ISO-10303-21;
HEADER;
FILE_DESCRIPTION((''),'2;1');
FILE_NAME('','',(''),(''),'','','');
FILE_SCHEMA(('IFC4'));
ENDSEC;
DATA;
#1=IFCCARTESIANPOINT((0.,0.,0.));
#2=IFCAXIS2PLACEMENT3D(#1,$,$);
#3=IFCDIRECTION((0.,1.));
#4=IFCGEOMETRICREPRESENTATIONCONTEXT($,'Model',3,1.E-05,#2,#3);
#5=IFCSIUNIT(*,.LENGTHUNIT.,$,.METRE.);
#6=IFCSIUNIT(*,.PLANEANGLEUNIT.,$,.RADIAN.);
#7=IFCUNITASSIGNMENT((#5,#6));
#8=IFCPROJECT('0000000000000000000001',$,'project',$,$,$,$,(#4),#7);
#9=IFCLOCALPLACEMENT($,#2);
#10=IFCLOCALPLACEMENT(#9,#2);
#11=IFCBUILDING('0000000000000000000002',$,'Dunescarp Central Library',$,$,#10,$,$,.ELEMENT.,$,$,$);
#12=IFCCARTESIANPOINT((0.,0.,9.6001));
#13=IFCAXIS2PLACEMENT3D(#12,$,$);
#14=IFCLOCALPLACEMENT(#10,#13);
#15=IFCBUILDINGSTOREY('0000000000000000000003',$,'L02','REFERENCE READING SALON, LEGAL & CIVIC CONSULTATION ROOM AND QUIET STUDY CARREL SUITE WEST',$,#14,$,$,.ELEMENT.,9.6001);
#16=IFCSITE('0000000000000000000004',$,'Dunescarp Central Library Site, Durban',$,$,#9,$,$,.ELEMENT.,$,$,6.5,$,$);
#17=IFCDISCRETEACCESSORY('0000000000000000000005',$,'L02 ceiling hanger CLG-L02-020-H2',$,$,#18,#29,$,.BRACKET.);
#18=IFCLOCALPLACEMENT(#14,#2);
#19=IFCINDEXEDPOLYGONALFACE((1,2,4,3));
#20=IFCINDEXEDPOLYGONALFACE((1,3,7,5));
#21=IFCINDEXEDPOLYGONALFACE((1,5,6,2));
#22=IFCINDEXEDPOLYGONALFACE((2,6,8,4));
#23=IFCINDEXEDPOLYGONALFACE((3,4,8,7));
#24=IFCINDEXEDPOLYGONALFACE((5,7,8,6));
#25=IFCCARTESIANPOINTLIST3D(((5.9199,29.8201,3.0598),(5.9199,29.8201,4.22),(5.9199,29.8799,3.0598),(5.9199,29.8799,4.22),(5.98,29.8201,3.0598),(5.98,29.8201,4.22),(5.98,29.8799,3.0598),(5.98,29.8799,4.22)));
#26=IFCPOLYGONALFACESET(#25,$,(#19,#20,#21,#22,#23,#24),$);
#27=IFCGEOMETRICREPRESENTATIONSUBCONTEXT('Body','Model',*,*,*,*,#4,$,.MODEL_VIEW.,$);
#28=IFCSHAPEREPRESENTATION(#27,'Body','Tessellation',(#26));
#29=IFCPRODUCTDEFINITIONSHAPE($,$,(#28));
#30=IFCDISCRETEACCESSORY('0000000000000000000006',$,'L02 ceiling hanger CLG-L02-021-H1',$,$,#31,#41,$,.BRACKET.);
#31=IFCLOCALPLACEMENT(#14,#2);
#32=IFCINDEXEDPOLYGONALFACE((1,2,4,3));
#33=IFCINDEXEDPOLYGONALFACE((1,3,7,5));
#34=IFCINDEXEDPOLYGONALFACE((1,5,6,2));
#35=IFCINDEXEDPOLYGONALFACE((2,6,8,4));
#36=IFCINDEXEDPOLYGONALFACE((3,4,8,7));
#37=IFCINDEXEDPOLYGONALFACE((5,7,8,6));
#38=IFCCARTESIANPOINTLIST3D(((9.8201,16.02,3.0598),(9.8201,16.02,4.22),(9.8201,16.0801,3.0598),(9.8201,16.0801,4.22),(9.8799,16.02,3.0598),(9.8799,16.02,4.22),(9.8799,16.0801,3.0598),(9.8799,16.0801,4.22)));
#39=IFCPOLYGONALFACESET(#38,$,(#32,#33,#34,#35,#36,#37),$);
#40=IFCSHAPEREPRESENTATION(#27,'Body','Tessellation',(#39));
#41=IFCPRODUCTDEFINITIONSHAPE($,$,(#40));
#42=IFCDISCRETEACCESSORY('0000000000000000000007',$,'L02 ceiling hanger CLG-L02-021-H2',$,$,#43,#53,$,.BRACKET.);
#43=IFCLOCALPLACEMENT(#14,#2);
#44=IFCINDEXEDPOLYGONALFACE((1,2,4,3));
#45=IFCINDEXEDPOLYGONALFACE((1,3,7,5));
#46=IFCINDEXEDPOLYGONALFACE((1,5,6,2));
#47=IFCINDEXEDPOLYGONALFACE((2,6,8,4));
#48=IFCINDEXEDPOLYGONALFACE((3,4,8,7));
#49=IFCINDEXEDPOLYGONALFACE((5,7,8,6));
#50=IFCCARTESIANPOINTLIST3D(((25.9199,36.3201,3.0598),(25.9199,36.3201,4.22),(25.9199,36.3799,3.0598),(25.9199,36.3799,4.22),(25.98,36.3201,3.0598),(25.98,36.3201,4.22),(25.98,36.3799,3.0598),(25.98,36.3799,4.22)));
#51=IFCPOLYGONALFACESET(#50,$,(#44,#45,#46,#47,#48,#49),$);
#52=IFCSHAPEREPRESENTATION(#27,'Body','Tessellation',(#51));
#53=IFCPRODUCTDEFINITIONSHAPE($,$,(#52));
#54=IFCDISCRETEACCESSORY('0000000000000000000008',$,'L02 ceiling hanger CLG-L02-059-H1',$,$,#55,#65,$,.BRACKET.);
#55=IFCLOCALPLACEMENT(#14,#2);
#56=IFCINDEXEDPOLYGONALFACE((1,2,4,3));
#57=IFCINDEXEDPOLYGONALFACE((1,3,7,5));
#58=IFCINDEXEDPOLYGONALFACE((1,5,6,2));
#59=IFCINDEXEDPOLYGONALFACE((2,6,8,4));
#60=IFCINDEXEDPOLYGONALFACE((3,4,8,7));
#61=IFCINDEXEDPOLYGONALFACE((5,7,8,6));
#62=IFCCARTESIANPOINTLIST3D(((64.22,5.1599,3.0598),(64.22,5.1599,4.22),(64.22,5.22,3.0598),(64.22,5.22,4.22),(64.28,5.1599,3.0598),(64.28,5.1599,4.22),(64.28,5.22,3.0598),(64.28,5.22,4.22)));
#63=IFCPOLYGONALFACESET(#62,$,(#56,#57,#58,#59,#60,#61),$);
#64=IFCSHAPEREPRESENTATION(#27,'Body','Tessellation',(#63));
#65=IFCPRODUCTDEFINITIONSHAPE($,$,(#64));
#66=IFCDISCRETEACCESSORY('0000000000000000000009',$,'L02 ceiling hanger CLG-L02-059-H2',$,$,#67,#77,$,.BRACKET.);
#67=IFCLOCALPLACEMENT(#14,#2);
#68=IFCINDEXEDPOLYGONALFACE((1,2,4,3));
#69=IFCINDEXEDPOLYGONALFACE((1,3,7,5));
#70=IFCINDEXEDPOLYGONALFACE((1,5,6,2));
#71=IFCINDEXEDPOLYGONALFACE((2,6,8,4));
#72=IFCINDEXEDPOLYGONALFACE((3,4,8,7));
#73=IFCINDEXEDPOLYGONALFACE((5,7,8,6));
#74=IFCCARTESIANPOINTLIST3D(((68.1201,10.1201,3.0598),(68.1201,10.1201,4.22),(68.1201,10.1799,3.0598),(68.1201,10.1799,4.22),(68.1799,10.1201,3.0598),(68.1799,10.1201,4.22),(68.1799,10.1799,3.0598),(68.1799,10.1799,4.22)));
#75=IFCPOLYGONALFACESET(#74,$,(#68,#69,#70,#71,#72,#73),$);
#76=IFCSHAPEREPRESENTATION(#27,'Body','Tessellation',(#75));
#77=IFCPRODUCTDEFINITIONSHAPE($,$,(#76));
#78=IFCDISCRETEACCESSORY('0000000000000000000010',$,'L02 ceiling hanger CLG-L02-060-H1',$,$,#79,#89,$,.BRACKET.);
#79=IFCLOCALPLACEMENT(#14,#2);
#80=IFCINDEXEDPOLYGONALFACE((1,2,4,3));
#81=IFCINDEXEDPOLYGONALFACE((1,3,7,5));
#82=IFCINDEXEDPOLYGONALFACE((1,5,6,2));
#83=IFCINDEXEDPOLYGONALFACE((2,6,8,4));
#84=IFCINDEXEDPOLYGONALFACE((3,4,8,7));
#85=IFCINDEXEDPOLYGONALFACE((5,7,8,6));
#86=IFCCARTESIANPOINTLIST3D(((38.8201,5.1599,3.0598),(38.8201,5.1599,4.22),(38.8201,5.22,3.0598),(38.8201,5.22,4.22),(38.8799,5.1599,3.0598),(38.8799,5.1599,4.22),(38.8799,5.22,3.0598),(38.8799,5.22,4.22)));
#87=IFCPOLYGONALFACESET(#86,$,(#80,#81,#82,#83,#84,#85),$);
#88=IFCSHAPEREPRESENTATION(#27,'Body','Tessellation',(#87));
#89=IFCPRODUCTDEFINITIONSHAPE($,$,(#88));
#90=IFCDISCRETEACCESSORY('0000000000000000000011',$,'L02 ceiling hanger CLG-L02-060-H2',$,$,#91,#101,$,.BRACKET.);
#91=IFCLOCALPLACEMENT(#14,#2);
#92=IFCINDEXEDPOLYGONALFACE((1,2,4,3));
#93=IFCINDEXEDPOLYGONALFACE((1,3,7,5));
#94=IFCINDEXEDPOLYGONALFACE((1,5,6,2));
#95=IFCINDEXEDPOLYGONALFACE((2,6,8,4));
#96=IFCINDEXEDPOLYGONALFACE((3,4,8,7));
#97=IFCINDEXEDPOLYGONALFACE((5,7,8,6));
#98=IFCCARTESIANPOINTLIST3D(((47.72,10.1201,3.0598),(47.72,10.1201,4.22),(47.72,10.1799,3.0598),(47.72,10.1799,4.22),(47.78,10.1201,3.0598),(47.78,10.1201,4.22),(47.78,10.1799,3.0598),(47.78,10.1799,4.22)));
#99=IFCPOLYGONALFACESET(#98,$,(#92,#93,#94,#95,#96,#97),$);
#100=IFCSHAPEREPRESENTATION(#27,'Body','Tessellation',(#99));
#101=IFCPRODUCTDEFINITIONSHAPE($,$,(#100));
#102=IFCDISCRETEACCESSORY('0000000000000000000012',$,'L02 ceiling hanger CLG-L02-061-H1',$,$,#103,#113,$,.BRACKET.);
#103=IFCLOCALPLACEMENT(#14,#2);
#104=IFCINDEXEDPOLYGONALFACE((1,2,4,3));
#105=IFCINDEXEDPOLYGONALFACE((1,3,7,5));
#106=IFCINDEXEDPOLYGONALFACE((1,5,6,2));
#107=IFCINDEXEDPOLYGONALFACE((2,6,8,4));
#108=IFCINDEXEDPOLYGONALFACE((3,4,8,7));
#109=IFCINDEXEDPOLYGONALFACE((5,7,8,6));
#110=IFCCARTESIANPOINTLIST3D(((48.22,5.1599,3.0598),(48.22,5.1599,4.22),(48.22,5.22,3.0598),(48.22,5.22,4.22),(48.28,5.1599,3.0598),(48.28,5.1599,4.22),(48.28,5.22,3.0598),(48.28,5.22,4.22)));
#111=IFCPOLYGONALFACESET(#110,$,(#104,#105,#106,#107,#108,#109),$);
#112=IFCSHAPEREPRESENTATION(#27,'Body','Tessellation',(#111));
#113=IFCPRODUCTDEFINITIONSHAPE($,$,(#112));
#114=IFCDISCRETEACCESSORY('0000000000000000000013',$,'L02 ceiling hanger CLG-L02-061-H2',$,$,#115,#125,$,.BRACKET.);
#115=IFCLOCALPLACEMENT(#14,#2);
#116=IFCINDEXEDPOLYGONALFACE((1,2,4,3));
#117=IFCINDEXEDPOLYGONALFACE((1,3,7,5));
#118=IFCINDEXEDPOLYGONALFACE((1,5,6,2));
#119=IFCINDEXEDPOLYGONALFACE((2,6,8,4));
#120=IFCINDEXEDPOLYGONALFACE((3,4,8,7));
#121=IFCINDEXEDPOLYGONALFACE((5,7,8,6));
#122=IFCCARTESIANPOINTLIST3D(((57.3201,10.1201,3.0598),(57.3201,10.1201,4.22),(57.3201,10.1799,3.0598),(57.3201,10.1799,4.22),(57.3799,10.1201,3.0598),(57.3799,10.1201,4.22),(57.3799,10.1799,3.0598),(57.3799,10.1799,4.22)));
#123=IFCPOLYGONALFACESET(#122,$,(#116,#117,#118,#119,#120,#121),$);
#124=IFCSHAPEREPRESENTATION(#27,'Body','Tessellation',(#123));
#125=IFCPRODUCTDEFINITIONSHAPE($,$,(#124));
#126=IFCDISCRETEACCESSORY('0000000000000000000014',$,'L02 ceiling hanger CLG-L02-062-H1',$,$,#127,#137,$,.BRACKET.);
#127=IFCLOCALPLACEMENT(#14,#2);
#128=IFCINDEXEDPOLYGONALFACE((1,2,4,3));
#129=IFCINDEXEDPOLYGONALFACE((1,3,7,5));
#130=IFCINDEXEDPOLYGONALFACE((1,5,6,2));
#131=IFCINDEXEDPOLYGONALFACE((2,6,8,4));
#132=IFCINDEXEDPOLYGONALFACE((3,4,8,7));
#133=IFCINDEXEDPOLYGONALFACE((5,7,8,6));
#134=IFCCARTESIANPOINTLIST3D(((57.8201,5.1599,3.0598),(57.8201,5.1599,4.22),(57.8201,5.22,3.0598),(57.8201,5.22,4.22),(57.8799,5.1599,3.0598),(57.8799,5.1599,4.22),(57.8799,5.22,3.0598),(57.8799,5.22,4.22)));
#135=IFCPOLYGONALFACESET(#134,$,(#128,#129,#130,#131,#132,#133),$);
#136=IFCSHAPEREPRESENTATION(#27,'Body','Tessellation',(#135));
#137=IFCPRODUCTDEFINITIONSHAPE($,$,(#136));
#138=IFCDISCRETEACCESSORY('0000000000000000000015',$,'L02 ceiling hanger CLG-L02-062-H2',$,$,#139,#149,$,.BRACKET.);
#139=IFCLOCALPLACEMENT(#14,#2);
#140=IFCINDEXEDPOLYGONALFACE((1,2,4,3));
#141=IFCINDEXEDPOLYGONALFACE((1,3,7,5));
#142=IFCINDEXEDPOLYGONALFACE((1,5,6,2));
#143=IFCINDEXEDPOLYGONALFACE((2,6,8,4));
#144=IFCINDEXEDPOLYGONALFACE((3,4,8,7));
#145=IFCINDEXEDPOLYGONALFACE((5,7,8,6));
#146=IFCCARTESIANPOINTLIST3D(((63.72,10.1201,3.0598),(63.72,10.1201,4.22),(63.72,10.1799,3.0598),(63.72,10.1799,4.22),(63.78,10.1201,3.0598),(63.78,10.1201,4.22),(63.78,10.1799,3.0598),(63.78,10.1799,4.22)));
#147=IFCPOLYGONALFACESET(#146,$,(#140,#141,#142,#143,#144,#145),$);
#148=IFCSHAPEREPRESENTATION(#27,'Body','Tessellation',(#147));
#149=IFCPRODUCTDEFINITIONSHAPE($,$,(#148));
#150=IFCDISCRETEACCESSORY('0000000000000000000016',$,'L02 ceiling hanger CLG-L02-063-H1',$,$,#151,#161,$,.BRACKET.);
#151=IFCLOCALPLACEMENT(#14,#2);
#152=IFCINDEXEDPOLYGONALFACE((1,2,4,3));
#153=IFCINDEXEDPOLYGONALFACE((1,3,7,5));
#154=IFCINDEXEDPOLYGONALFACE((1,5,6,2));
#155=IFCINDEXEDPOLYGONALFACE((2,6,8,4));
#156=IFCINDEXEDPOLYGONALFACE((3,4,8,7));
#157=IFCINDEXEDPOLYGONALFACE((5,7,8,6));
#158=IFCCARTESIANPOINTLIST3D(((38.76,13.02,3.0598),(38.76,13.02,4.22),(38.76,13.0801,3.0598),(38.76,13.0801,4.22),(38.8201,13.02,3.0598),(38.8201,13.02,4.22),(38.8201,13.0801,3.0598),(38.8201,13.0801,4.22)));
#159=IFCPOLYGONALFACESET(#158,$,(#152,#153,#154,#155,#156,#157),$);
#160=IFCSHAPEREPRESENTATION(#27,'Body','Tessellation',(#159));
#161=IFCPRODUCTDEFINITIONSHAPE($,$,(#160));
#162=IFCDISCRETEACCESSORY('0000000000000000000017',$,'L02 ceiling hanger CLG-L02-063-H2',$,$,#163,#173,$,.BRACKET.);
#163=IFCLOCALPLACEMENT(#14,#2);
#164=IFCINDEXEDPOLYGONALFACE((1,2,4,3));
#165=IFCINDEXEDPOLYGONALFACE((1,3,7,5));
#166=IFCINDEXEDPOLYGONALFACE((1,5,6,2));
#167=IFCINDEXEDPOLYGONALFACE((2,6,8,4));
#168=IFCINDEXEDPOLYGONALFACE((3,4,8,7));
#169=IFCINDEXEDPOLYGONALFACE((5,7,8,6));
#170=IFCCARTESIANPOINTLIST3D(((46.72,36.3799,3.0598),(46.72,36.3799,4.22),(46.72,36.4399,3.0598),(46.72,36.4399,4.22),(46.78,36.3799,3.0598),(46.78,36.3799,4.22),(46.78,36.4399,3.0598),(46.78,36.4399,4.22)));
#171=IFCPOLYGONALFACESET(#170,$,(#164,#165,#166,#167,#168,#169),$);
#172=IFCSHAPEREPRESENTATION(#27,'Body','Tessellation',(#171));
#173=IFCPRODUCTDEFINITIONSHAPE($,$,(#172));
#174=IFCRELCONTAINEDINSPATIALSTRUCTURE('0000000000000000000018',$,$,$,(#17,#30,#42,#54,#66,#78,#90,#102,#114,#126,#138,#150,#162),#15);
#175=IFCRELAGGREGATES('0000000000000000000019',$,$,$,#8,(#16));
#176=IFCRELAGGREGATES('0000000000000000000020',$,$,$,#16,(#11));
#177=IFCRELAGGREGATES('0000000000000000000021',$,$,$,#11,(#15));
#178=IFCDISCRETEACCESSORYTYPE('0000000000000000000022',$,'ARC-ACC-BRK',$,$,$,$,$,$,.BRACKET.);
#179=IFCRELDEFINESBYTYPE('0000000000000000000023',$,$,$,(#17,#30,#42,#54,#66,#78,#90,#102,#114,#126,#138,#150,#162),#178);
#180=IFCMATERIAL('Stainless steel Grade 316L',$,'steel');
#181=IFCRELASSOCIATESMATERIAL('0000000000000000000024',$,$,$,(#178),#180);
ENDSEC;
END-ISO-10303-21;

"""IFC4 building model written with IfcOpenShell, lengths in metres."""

from ifc_helpers import new_model, si_unit, direction, frame, origin, place, context, subcontext, project, spatial, polyline, outline, extrude, material, type_object, element, save


model = new_model("IFC4")

# Units and contexts
model_context = context("Model", 3, precision=1e-05, world=origin(), true_north=direction((0.0, 1.0)))
body_context = subcontext(model_context, "Body", "Model", "MODEL_VIEW")
ifc_project = project(units=[si_unit("LENGTHUNIT", "METRE"), si_unit("PLANEANGLEUNIT", "RADIAN")], contexts=[model_context])

# Site, building, storey
site_placement = place(None, origin())
site = spatial("IfcSite", under=ifc_project, at=site_placement, Name="Dunescarp Central Library Site, Durban", CompositionType="ELEMENT", RefElevation=6.5)
building_placement = place(site_placement, origin())
building = spatial("IfcBuilding", under=site, at=building_placement, Name="Dunescarp Central Library", CompositionType="ELEMENT")
storey_placement = place(building_placement, frame((0.0, 0.0, 9.6001)))
storey = spatial("IfcBuildingStorey", under=building, at=storey_placement, Name="L02", Description="REFERENCE READING SALON, LEGAL & CIVIC CONSULTATION ROOM AND QUIET STUDY CARREL SUITE WEST", CompositionType="ELEMENT", Elevation=9.6001)

# Discrete accessories
ifc_material_1 = material(Name="Stainless steel Grade 316L", Category="steel")
discrete_accessory_type = type_object("IfcDiscreteAccessoryType", Name="ARC-ACC-BRK", PredefinedType="BRACKET", material=ifc_material_1)
discrete_accessory_1_placement = place(storey_placement, frame((0.0, 0.0, 3.0598)))
element("IfcDiscreteAccessory", 1, at=discrete_accessory_1_placement, inside=storey, type_object=discrete_accessory_type, Name="L02 ceiling hanger CLG-L02-020-H2", PredefinedType="BRACKET", context=body_context, shape_type="SweptSolid", body=[
    extrude(outline(polyline([(5.9199, 29.8201), (5.98, 29.8201), (5.98, 29.8799), (5.9199, 29.8799), (5.9199, 29.8201)])), origin(), (0.0, 0.0, 1.0), 1.1602),
])
discrete_accessory_2_placement = place(storey_placement, frame((0.0, 0.0, 3.0598)))
element("IfcDiscreteAccessory", 2, at=discrete_accessory_2_placement, inside=storey, type_object=discrete_accessory_type, Name="L02 ceiling hanger CLG-L02-021-H1", PredefinedType="BRACKET", context=body_context, shape_type="SweptSolid", body=[
    extrude(outline(polyline([(9.8201, 16.02), (9.8799, 16.02), (9.8799, 16.0801), (9.8201, 16.0801), (9.8201, 16.02)])), origin(), (0.0, 0.0, 1.0), 1.1602),
])
discrete_accessory_3_placement = place(storey_placement, frame((0.0, 0.0, 3.0598)))
element("IfcDiscreteAccessory", 3, at=discrete_accessory_3_placement, inside=storey, type_object=discrete_accessory_type, Name="L02 ceiling hanger CLG-L02-021-H2", PredefinedType="BRACKET", context=body_context, shape_type="SweptSolid", body=[
    extrude(outline(polyline([(25.9199, 36.3201), (25.98, 36.3201), (25.98, 36.3799), (25.9199, 36.3799), (25.9199, 36.3201)])), origin(), (0.0, 0.0, 1.0), 1.1602),
])
discrete_accessory_4_placement = place(storey_placement, frame((0.0, 0.0, 3.0598)))
element("IfcDiscreteAccessory", 4, at=discrete_accessory_4_placement, inside=storey, type_object=discrete_accessory_type, Name="L02 ceiling hanger CLG-L02-059-H1", PredefinedType="BRACKET", context=body_context, shape_type="SweptSolid", body=[
    extrude(outline(polyline([(64.22, 5.1599), (64.28, 5.1599), (64.28, 5.22), (64.22, 5.22), (64.22, 5.1599)])), origin(), (0.0, 0.0, 1.0), 1.1602),
])
discrete_accessory_5_placement = place(storey_placement, frame((0.0, 0.0, 3.0598)))
element("IfcDiscreteAccessory", 5, at=discrete_accessory_5_placement, inside=storey, type_object=discrete_accessory_type, Name="L02 ceiling hanger CLG-L02-059-H2", PredefinedType="BRACKET", context=body_context, shape_type="SweptSolid", body=[
    extrude(outline(polyline([(68.1201, 10.1201), (68.1799, 10.1201), (68.1799, 10.1799), (68.1201, 10.1799), (68.1201, 10.1201)])), origin(), (0.0, 0.0, 1.0), 1.1602),
])
discrete_accessory_6_placement = place(storey_placement, frame((0.0, 0.0, 3.0598)))
element("IfcDiscreteAccessory", 6, at=discrete_accessory_6_placement, inside=storey, type_object=discrete_accessory_type, Name="L02 ceiling hanger CLG-L02-060-H1", PredefinedType="BRACKET", context=body_context, shape_type="SweptSolid", body=[
    extrude(outline(polyline([(38.8201, 5.1599), (38.8799, 5.1599), (38.8799, 5.22), (38.8201, 5.22), (38.8201, 5.1599)])), origin(), (0.0, 0.0, 1.0), 1.1602),
])
discrete_accessory_7_placement = place(storey_placement, frame((0.0, 0.0, 3.0598)))
element("IfcDiscreteAccessory", 7, at=discrete_accessory_7_placement, inside=storey, type_object=discrete_accessory_type, Name="L02 ceiling hanger CLG-L02-060-H2", PredefinedType="BRACKET", context=body_context, shape_type="SweptSolid", body=[
    extrude(outline(polyline([(47.72, 10.1201), (47.78, 10.1201), (47.78, 10.1799), (47.72, 10.1799), (47.72, 10.1201)])), origin(), (0.0, 0.0, 1.0), 1.1602),
])
discrete_accessory_8_placement = place(storey_placement, frame((0.0, 0.0, 3.0598)))
element("IfcDiscreteAccessory", 8, at=discrete_accessory_8_placement, inside=storey, type_object=discrete_accessory_type, Name="L02 ceiling hanger CLG-L02-061-H1", PredefinedType="BRACKET", context=body_context, shape_type="SweptSolid", body=[
    extrude(outline(polyline([(48.22, 5.1599), (48.28, 5.1599), (48.28, 5.22), (48.22, 5.22), (48.22, 5.1599)])), origin(), (0.0, 0.0, 1.0), 1.1602),
])
discrete_accessory_9_placement = place(storey_placement, frame((0.0, 0.0, 3.0598)))
element("IfcDiscreteAccessory", 9, at=discrete_accessory_9_placement, inside=storey, type_object=discrete_accessory_type, Name="L02 ceiling hanger CLG-L02-061-H2", PredefinedType="BRACKET", context=body_context, shape_type="SweptSolid", body=[
    extrude(outline(polyline([(57.3201, 10.1201), (57.3799, 10.1201), (57.3799, 10.1799), (57.3201, 10.1799), (57.3201, 10.1201)])), origin(), (0.0, 0.0, 1.0), 1.1602),
])
discrete_accessory_10_placement = place(storey_placement, frame((0.0, 0.0, 3.0598)))
element("IfcDiscreteAccessory", 10, at=discrete_accessory_10_placement, inside=storey, type_object=discrete_accessory_type, Name="L02 ceiling hanger CLG-L02-062-H1", PredefinedType="BRACKET", context=body_context, shape_type="SweptSolid", body=[
    extrude(outline(polyline([(57.8201, 5.1599), (57.8799, 5.1599), (57.8799, 5.22), (57.8201, 5.22), (57.8201, 5.1599)])), origin(), (0.0, 0.0, 1.0), 1.1602),
])
discrete_accessory_11_placement = place(storey_placement, frame((0.0, 0.0, 3.0598)))
element("IfcDiscreteAccessory", 11, at=discrete_accessory_11_placement, inside=storey, type_object=discrete_accessory_type, Name="L02 ceiling hanger CLG-L02-062-H2", PredefinedType="BRACKET", context=body_context, shape_type="SweptSolid", body=[
    extrude(outline(polyline([(63.72, 10.1201), (63.78, 10.1201), (63.78, 10.1799), (63.72, 10.1799), (63.72, 10.1201)])), origin(), (0.0, 0.0, 1.0), 1.1602),
])
discrete_accessory_12_placement = place(storey_placement, frame((0.0, 0.0, 3.0598)))
element("IfcDiscreteAccessory", 12, at=discrete_accessory_12_placement, inside=storey, type_object=discrete_accessory_type, Name="L02 ceiling hanger CLG-L02-063-H1", PredefinedType="BRACKET", context=body_context, shape_type="SweptSolid", body=[
    extrude(outline(polyline([(38.76, 13.02), (38.8201, 13.02), (38.8201, 13.0801), (38.76, 13.0801), (38.76, 13.02)])), origin(), (0.0, 0.0, 1.0), 1.1602),
])
discrete_accessory_13_placement = place(storey_placement, frame((0.0, 0.0, 3.0598)))
element("IfcDiscreteAccessory", 13, at=discrete_accessory_13_placement, inside=storey, type_object=discrete_accessory_type, Name="L02 ceiling hanger CLG-L02-063-H2", PredefinedType="BRACKET", context=body_context, shape_type="SweptSolid", body=[
    extrude(outline(polyline([(46.72, 36.3799), (46.78, 36.3799), (46.78, 36.4399), (46.72, 36.4399), (46.72, 36.3799)])), origin(), (0.0, 0.0, 1.0), 1.1602),
])

save(model, "model.ifc")
